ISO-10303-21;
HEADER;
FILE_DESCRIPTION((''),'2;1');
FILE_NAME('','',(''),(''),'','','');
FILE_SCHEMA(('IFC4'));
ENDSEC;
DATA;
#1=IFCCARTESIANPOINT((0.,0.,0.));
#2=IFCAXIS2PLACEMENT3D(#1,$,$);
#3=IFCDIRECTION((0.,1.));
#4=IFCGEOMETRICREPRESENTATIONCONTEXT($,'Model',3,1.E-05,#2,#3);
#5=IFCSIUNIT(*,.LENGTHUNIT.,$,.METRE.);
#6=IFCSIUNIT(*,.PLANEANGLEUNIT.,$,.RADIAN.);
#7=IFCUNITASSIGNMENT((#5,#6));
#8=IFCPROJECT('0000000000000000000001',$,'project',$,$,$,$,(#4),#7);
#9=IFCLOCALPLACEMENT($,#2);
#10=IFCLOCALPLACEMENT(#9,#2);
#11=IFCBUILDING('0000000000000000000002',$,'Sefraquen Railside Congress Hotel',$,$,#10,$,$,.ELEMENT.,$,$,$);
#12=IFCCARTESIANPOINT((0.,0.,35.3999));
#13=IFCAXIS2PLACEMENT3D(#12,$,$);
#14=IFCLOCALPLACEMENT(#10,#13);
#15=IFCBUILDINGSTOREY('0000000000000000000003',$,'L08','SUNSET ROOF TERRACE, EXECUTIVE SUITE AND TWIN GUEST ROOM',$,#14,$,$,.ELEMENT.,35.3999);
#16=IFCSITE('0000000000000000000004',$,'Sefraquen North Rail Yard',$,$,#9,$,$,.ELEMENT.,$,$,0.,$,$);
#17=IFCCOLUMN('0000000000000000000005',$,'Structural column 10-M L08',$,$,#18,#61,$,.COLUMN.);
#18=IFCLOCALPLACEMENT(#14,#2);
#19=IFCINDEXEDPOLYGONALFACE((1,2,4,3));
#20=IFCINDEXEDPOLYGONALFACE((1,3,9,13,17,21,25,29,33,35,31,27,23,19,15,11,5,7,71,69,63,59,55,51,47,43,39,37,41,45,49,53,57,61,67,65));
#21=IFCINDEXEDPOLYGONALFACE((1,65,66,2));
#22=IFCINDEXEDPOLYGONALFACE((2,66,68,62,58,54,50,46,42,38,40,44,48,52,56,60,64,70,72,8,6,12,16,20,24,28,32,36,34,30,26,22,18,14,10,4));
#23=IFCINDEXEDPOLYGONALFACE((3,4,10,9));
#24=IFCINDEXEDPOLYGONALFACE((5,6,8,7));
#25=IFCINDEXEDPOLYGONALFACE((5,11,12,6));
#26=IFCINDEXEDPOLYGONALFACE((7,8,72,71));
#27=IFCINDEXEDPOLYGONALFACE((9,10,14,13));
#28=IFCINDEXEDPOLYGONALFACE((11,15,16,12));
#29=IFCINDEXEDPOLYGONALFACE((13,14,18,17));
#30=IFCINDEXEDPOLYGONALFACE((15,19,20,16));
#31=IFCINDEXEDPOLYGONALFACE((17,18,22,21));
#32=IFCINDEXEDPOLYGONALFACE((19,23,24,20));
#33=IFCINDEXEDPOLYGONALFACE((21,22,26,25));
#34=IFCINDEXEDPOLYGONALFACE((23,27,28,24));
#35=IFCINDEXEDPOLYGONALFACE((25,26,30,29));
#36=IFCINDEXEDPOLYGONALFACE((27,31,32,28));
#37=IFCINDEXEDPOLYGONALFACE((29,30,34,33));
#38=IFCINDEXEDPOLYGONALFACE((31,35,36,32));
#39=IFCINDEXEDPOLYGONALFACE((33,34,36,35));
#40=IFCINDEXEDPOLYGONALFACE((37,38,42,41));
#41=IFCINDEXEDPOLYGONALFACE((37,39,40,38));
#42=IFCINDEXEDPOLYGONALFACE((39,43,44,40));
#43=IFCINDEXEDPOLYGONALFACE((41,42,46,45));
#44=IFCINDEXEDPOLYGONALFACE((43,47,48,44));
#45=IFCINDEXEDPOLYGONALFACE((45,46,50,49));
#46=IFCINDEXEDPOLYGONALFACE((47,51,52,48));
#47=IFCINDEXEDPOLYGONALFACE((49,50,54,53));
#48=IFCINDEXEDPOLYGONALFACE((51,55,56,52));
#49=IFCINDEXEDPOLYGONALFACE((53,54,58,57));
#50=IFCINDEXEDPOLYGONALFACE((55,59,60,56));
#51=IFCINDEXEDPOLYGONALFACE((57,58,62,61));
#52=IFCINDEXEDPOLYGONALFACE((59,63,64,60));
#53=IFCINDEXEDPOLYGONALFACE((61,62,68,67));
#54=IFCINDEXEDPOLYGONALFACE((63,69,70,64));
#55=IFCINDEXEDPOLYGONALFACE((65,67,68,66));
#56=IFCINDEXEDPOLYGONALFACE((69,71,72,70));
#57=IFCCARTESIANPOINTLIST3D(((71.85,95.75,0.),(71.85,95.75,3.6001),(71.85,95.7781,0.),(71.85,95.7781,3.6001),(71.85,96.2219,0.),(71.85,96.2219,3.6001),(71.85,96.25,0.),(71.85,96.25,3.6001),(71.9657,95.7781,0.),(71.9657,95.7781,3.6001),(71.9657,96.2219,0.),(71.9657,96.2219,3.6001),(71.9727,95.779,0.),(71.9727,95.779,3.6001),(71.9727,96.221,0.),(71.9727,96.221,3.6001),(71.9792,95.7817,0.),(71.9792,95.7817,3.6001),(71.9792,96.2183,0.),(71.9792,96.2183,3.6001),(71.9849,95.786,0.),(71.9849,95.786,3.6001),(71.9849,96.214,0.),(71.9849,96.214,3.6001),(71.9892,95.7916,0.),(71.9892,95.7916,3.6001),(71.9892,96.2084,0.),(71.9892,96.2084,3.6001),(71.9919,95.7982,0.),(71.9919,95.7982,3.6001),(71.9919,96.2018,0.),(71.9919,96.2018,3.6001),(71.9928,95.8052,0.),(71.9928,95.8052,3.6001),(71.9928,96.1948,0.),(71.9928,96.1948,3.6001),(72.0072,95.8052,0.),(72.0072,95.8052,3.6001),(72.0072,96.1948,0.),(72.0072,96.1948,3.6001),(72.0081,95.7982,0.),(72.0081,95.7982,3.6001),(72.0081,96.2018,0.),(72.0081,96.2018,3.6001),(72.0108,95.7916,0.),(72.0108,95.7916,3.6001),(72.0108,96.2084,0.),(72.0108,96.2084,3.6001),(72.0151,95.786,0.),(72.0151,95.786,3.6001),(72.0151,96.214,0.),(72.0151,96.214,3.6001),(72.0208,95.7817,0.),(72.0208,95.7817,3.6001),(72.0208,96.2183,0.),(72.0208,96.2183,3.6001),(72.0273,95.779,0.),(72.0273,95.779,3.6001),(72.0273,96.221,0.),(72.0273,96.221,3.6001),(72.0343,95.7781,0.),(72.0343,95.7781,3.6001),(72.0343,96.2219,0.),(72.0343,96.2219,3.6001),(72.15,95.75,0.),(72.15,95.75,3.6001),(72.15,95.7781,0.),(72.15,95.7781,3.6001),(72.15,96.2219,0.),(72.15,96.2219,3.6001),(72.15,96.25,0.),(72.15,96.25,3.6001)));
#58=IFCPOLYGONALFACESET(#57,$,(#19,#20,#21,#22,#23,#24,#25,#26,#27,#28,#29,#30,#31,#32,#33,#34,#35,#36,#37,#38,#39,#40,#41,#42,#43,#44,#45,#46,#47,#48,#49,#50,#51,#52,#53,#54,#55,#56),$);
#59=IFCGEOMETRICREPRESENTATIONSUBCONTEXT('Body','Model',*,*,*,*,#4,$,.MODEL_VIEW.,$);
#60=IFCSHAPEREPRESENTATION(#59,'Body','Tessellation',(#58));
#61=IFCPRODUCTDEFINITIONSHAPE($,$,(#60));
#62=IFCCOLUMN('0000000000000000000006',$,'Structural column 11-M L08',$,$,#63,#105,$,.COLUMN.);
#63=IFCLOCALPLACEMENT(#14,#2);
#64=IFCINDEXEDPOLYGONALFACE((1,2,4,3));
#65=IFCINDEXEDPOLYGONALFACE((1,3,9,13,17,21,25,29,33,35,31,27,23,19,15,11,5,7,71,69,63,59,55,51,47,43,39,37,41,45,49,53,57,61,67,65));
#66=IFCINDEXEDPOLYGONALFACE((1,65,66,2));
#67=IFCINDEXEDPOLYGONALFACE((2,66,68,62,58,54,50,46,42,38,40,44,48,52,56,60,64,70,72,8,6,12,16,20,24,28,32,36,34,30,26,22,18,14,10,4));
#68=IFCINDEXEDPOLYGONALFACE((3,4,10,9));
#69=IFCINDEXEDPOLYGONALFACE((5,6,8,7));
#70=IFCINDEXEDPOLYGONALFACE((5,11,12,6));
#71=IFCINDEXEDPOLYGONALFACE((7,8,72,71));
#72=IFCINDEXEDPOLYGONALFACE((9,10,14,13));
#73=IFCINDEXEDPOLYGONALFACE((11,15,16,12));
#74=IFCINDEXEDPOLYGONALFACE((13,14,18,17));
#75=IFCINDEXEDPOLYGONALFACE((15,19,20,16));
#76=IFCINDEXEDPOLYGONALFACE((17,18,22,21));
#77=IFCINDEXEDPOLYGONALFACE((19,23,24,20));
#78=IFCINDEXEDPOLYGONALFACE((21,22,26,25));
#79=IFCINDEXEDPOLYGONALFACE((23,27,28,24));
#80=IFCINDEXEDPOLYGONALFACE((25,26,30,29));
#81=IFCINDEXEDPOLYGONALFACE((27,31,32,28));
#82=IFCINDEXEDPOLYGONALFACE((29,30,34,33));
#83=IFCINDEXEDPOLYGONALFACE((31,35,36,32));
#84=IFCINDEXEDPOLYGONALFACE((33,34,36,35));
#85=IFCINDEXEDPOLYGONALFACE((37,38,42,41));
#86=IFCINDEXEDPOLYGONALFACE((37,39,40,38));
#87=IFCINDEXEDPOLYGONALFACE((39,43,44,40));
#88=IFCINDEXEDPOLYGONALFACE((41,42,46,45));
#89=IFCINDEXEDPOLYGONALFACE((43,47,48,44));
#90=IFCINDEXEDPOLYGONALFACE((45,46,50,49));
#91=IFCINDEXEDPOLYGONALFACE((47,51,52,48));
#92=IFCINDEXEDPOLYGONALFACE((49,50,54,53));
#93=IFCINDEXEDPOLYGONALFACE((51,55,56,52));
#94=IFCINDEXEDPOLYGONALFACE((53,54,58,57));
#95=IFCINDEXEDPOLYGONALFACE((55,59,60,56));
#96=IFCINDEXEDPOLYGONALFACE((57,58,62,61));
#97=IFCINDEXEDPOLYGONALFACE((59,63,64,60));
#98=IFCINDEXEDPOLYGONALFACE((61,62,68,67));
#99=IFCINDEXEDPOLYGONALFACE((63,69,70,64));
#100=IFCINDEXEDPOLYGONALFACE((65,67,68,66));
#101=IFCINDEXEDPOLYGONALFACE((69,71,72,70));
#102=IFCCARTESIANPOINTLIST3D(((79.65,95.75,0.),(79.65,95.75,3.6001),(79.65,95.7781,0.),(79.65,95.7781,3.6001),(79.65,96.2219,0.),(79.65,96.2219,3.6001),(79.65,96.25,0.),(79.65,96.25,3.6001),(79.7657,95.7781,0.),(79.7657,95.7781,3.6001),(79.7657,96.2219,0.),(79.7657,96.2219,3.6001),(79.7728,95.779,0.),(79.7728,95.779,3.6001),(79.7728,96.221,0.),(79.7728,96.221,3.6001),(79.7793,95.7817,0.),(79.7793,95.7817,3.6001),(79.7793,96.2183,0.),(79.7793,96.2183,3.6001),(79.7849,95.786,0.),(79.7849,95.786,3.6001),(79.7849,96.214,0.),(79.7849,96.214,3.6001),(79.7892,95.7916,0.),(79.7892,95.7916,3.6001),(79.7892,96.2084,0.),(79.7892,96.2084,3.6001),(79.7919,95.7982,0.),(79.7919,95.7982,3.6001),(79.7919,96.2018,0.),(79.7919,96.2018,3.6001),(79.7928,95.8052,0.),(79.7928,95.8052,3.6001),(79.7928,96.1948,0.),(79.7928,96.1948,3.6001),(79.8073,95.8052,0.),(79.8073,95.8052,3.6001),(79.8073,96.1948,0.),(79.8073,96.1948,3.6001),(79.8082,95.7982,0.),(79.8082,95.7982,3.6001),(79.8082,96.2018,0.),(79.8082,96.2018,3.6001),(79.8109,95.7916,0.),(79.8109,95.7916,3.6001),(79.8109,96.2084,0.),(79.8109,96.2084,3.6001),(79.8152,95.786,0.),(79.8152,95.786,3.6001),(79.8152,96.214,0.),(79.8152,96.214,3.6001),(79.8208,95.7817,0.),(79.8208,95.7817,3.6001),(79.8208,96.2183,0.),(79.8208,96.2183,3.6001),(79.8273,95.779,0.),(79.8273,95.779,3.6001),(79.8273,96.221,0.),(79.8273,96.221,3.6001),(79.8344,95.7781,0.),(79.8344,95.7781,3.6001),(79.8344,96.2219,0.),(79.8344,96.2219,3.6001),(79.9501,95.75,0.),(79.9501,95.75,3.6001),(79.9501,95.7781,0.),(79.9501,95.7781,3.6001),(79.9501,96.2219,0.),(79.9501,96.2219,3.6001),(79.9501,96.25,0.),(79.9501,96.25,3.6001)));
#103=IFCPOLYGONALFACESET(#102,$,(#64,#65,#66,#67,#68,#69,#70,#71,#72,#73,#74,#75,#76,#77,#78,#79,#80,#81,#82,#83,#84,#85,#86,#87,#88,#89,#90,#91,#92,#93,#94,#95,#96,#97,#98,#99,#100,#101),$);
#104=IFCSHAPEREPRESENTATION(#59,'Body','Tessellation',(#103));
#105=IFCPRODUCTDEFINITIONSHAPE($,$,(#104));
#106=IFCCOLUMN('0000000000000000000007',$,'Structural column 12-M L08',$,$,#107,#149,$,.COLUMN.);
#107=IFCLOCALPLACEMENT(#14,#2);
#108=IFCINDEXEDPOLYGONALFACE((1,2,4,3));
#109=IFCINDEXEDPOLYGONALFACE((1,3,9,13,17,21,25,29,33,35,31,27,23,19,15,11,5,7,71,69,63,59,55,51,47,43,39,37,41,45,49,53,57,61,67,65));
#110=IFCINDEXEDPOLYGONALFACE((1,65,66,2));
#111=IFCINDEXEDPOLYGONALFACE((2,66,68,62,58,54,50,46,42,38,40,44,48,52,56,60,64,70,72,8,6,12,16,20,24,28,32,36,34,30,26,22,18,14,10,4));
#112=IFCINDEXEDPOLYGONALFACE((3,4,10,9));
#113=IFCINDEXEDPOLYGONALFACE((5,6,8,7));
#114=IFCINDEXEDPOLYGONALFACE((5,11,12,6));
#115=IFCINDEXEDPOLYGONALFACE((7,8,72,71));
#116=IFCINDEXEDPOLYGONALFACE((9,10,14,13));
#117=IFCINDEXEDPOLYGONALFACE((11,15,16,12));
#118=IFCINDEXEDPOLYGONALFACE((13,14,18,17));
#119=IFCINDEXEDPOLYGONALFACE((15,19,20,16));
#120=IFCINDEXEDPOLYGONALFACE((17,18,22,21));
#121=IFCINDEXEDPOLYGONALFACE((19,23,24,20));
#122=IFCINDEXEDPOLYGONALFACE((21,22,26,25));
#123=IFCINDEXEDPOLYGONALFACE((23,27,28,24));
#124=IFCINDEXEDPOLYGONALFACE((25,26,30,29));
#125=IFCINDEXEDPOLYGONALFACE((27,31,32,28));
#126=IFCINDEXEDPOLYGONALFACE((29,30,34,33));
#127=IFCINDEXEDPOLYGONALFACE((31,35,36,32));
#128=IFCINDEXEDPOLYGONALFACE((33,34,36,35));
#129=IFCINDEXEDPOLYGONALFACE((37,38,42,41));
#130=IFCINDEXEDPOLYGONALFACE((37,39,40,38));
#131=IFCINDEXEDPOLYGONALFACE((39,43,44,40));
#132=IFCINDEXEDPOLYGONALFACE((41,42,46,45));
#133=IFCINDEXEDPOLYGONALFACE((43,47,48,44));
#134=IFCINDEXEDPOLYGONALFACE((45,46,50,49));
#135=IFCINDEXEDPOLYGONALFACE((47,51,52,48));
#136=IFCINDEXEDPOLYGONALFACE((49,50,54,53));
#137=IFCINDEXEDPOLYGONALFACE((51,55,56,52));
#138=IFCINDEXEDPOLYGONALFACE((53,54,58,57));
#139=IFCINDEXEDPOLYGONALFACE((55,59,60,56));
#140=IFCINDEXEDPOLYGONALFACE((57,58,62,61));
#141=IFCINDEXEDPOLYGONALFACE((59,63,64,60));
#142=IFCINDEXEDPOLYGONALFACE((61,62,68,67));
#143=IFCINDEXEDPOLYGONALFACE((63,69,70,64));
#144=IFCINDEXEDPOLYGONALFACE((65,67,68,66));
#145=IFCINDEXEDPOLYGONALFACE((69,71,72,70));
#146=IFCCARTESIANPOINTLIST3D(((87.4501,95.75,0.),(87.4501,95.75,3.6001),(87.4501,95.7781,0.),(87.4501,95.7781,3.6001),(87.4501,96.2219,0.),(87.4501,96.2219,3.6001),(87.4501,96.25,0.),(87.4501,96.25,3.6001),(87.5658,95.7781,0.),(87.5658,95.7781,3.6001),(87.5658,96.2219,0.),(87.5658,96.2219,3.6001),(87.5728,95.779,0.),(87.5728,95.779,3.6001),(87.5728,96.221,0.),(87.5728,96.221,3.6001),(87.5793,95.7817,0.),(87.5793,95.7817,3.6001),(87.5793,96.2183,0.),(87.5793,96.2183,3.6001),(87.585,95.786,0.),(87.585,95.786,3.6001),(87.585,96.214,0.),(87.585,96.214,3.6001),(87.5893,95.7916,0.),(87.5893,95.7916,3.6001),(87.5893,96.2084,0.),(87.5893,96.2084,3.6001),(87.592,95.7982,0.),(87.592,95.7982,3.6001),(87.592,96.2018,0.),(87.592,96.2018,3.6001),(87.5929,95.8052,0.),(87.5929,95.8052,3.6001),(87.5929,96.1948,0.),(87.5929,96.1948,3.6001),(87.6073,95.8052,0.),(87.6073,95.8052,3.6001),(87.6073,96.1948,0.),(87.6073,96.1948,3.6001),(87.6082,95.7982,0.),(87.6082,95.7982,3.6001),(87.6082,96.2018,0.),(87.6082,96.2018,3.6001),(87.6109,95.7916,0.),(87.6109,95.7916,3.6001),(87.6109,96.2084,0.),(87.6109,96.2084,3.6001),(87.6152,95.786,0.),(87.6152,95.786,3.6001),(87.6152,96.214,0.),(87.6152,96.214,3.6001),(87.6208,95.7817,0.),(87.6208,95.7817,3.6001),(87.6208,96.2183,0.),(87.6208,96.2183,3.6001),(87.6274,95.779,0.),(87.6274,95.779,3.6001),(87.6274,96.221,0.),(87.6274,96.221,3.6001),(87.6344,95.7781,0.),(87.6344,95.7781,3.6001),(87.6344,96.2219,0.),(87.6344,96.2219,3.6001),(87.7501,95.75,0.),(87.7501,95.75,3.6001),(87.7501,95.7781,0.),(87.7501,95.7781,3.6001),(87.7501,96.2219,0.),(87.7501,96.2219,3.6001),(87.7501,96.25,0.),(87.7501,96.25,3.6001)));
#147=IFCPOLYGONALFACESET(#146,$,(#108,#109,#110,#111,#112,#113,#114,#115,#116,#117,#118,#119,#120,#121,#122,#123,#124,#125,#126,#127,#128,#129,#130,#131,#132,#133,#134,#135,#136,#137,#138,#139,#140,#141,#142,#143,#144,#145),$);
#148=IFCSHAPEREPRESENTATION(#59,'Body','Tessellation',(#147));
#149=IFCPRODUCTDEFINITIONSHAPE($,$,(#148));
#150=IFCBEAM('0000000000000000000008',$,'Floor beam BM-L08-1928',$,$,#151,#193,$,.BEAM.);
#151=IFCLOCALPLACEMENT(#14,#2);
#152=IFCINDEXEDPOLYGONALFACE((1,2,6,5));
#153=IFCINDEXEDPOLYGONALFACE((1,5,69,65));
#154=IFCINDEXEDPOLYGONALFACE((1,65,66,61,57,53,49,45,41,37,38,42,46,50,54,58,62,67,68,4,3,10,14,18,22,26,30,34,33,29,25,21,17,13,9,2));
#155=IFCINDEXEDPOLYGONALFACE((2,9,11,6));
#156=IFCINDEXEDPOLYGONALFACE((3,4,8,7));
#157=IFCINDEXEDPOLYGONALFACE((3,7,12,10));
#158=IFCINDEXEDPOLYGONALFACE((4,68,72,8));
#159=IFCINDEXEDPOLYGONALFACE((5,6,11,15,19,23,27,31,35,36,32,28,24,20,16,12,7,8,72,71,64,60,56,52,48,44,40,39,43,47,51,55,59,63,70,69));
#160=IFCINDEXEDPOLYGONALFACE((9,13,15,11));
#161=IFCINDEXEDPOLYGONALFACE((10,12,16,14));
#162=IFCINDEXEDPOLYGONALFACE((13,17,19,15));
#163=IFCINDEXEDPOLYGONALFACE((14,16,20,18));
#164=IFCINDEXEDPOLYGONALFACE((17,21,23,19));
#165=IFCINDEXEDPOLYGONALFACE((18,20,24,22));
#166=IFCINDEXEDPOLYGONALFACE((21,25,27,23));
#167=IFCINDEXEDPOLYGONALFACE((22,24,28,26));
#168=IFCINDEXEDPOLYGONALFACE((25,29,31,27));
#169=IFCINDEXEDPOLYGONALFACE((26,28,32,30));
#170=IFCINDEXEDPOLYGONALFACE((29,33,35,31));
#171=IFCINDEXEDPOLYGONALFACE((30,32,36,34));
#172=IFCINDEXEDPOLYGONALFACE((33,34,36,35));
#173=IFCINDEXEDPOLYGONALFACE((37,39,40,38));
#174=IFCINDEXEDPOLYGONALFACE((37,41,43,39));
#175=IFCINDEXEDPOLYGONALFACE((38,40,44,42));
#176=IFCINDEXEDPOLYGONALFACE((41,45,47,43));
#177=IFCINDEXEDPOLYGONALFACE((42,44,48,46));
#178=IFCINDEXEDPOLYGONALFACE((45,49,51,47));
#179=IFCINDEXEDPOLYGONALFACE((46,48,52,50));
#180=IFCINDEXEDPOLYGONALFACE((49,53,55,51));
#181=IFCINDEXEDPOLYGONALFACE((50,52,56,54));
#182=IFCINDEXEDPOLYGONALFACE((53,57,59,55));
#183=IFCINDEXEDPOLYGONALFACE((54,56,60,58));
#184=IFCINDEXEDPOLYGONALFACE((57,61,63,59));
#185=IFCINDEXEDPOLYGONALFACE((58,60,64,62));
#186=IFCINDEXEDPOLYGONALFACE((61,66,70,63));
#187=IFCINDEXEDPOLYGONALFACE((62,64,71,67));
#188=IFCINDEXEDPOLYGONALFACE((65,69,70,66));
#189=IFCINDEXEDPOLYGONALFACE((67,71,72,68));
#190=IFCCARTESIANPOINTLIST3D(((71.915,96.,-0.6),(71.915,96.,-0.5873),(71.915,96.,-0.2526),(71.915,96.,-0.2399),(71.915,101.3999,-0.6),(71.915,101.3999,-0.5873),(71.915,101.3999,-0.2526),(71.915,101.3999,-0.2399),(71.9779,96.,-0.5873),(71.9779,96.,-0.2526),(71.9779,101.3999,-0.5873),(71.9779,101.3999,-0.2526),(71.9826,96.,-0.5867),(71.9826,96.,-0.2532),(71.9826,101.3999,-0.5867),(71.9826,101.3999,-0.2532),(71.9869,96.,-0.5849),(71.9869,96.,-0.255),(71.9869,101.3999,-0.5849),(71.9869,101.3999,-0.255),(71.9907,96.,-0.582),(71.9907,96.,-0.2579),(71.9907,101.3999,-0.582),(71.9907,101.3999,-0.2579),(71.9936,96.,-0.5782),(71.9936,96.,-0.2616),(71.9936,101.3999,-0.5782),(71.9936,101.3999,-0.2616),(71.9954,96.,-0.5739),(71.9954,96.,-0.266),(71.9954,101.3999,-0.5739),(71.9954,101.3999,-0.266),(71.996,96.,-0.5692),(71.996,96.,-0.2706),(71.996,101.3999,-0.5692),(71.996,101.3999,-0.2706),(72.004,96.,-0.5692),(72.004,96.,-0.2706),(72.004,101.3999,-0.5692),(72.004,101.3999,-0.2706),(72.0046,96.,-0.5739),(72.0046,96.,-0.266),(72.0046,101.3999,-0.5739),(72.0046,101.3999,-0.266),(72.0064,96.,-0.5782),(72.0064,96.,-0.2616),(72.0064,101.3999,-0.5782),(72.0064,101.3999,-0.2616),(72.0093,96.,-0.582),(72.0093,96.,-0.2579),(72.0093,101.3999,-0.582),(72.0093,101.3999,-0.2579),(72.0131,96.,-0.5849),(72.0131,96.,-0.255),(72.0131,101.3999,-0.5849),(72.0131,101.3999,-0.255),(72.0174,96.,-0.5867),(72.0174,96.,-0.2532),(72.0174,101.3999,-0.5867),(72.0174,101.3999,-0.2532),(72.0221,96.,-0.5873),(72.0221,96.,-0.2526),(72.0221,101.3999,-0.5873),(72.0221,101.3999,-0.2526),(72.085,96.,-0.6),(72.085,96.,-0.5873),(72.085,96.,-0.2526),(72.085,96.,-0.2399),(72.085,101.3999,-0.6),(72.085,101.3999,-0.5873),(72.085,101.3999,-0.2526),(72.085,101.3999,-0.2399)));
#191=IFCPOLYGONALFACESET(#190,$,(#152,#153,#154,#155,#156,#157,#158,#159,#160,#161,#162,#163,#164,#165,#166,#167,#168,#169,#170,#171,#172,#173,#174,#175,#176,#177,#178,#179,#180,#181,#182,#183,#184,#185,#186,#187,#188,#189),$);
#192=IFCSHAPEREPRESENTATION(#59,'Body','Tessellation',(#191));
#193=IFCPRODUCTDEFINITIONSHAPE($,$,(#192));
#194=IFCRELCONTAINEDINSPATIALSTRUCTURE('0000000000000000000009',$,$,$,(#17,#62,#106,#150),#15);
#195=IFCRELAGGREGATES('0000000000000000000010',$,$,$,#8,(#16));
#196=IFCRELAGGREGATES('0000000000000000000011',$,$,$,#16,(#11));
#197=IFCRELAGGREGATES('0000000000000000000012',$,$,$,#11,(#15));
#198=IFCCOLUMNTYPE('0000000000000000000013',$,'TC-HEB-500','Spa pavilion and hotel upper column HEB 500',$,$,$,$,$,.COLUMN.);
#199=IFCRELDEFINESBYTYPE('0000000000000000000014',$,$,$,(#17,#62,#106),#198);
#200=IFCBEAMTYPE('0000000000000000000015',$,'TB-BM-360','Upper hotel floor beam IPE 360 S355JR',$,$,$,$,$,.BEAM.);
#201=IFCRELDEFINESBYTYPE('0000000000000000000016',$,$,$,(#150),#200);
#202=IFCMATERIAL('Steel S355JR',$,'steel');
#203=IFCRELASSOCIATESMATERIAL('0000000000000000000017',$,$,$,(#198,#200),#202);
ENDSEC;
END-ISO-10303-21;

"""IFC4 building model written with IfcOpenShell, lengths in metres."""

from ifc_helpers import new_model, si_unit, direction, frame, origin, origin_2d, place, context, subcontext, project, spatial, i_section, extrude, material, material_profile, profile_set, type_object, element, save


model = new_model("IFC4")

# Units and contexts
model_context = context("Model", 3, precision=1e-05, world=origin(), true_north=direction((0.0, 1.0)))
body_context = subcontext(model_context, "Body", "Model", "MODEL_VIEW")
ifc_project = project(units=[si_unit("LENGTHUNIT", "METRE"), si_unit("PLANEANGLEUNIT", "RADIAN")], contexts=[model_context])

# Site, building, storey
site_placement = place(None, origin())
site = spatial("IfcSite", under=ifc_project, at=site_placement, Name="Sefraquen North Rail Yard", CompositionType="ELEMENT", RefElevation=0.0)
building_placement = place(site_placement, origin())
building = spatial("IfcBuilding", under=site, at=building_placement, Name="Sefraquen Railside Congress Hotel", CompositionType="ELEMENT")
storey_placement = place(building_placement, frame((0.0, 0.0, 35.3999)))
storey = spatial("IfcBuildingStorey", under=building, at=storey_placement, Name="L08", Description="SUNSET ROOF TERRACE, EXECUTIVE SUITE AND TWIN GUEST ROOM", CompositionType="ELEMENT", Elevation=35.3999)

# Columns
ifc_material_1 = material(Name="Steel S355JR", Category="steel")
ifc_material_profile_1 = material_profile(ifc_material_1, i_section(OverallWidth=0.3, OverallDepth=0.5, WebThickness=0.0144, FlangeThickness=0.0281, FilletRadius=0.0271, at=origin_2d()), Name="HEB 500")
ifc_profile_set_1 = profile_set([ifc_material_profile_1], Name="Steel S355JR")
column_type = type_object("IfcColumnType", Name="TC-HEB-500", Description="Spa pavilion and hotel upper column HEB 500", PredefinedType="COLUMN", material=ifc_profile_set_1)
for number, where, z_axis, x_axis, name in (
    (1, (72.0, 96.0, 0.0), (0.0, 0.0, 1.0), (1.0, 0.0, 0.0), "Structural column 10-M L08"),
    (2, (79.8, 96.0, 0.0), (0.0, 0.0, 1.0), (1.0, 0.0, 0.0), "Structural column 11-M L08"),
    (3, (87.6001, 96.0, 0.0), (0.0, 0.0, 1.0), (1.0, 0.0, 0.0), "Structural column 12-M L08"),
):
    element("IfcColumn", number, at=place(storey_placement, frame(where, z_axis=z_axis, x_axis=x_axis)), inside=storey, type_object=column_type, Name=name, PredefinedType="COLUMN", context=body_context, shape_type="SweptSolid", body=[
        extrude(i_section(OverallWidth=0.3, OverallDepth=0.5, WebThickness=0.0144, FlangeThickness=0.0281, FilletRadius=0.0271, at=origin_2d()), origin(), (0.0, 0.0, 1.0), 3.6001),
    ])

# Beam
ifc_material_profile_2 = material_profile(ifc_material_1, i_section(OverallWidth=0.1699, OverallDepth=0.3601, WebThickness=0.0081, FlangeThickness=0.0127, FilletRadius=0.0181, at=origin_2d()), Name="IPE 360")
ifc_profile_set_2 = profile_set([ifc_material_profile_2], Name="Steel S355JR")
beam_type_1 = type_object("IfcBeamType", Name="TB-BM-360", Description="Upper hotel floor beam IPE 360 S355JR", PredefinedType="BEAM", material=ifc_profile_set_2)
for number, where, z_axis, x_axis, name in (
    (4, (72.0, 96.0, -0.4199), (0.0, 1.0, 0.0), (-1.0, 0.0, 0.0), "Floor beam BM-L08-1928"),
):
    element("IfcBeam", number, at=place(storey_placement, frame(where, z_axis=z_axis, x_axis=x_axis)), inside=storey, type_object=beam_type_1, Name=name, PredefinedType="BEAM", context=body_context, shape_type="SweptSolid", body=[
        extrude(i_section(OverallWidth=0.1699, OverallDepth=0.3601, WebThickness=0.0081, FlangeThickness=0.0127, FilletRadius=0.0181, at=origin_2d()), origin(), (0.0, 0.0, 1.0), 5.3999),
    ])

save(model, "model.ifc")
